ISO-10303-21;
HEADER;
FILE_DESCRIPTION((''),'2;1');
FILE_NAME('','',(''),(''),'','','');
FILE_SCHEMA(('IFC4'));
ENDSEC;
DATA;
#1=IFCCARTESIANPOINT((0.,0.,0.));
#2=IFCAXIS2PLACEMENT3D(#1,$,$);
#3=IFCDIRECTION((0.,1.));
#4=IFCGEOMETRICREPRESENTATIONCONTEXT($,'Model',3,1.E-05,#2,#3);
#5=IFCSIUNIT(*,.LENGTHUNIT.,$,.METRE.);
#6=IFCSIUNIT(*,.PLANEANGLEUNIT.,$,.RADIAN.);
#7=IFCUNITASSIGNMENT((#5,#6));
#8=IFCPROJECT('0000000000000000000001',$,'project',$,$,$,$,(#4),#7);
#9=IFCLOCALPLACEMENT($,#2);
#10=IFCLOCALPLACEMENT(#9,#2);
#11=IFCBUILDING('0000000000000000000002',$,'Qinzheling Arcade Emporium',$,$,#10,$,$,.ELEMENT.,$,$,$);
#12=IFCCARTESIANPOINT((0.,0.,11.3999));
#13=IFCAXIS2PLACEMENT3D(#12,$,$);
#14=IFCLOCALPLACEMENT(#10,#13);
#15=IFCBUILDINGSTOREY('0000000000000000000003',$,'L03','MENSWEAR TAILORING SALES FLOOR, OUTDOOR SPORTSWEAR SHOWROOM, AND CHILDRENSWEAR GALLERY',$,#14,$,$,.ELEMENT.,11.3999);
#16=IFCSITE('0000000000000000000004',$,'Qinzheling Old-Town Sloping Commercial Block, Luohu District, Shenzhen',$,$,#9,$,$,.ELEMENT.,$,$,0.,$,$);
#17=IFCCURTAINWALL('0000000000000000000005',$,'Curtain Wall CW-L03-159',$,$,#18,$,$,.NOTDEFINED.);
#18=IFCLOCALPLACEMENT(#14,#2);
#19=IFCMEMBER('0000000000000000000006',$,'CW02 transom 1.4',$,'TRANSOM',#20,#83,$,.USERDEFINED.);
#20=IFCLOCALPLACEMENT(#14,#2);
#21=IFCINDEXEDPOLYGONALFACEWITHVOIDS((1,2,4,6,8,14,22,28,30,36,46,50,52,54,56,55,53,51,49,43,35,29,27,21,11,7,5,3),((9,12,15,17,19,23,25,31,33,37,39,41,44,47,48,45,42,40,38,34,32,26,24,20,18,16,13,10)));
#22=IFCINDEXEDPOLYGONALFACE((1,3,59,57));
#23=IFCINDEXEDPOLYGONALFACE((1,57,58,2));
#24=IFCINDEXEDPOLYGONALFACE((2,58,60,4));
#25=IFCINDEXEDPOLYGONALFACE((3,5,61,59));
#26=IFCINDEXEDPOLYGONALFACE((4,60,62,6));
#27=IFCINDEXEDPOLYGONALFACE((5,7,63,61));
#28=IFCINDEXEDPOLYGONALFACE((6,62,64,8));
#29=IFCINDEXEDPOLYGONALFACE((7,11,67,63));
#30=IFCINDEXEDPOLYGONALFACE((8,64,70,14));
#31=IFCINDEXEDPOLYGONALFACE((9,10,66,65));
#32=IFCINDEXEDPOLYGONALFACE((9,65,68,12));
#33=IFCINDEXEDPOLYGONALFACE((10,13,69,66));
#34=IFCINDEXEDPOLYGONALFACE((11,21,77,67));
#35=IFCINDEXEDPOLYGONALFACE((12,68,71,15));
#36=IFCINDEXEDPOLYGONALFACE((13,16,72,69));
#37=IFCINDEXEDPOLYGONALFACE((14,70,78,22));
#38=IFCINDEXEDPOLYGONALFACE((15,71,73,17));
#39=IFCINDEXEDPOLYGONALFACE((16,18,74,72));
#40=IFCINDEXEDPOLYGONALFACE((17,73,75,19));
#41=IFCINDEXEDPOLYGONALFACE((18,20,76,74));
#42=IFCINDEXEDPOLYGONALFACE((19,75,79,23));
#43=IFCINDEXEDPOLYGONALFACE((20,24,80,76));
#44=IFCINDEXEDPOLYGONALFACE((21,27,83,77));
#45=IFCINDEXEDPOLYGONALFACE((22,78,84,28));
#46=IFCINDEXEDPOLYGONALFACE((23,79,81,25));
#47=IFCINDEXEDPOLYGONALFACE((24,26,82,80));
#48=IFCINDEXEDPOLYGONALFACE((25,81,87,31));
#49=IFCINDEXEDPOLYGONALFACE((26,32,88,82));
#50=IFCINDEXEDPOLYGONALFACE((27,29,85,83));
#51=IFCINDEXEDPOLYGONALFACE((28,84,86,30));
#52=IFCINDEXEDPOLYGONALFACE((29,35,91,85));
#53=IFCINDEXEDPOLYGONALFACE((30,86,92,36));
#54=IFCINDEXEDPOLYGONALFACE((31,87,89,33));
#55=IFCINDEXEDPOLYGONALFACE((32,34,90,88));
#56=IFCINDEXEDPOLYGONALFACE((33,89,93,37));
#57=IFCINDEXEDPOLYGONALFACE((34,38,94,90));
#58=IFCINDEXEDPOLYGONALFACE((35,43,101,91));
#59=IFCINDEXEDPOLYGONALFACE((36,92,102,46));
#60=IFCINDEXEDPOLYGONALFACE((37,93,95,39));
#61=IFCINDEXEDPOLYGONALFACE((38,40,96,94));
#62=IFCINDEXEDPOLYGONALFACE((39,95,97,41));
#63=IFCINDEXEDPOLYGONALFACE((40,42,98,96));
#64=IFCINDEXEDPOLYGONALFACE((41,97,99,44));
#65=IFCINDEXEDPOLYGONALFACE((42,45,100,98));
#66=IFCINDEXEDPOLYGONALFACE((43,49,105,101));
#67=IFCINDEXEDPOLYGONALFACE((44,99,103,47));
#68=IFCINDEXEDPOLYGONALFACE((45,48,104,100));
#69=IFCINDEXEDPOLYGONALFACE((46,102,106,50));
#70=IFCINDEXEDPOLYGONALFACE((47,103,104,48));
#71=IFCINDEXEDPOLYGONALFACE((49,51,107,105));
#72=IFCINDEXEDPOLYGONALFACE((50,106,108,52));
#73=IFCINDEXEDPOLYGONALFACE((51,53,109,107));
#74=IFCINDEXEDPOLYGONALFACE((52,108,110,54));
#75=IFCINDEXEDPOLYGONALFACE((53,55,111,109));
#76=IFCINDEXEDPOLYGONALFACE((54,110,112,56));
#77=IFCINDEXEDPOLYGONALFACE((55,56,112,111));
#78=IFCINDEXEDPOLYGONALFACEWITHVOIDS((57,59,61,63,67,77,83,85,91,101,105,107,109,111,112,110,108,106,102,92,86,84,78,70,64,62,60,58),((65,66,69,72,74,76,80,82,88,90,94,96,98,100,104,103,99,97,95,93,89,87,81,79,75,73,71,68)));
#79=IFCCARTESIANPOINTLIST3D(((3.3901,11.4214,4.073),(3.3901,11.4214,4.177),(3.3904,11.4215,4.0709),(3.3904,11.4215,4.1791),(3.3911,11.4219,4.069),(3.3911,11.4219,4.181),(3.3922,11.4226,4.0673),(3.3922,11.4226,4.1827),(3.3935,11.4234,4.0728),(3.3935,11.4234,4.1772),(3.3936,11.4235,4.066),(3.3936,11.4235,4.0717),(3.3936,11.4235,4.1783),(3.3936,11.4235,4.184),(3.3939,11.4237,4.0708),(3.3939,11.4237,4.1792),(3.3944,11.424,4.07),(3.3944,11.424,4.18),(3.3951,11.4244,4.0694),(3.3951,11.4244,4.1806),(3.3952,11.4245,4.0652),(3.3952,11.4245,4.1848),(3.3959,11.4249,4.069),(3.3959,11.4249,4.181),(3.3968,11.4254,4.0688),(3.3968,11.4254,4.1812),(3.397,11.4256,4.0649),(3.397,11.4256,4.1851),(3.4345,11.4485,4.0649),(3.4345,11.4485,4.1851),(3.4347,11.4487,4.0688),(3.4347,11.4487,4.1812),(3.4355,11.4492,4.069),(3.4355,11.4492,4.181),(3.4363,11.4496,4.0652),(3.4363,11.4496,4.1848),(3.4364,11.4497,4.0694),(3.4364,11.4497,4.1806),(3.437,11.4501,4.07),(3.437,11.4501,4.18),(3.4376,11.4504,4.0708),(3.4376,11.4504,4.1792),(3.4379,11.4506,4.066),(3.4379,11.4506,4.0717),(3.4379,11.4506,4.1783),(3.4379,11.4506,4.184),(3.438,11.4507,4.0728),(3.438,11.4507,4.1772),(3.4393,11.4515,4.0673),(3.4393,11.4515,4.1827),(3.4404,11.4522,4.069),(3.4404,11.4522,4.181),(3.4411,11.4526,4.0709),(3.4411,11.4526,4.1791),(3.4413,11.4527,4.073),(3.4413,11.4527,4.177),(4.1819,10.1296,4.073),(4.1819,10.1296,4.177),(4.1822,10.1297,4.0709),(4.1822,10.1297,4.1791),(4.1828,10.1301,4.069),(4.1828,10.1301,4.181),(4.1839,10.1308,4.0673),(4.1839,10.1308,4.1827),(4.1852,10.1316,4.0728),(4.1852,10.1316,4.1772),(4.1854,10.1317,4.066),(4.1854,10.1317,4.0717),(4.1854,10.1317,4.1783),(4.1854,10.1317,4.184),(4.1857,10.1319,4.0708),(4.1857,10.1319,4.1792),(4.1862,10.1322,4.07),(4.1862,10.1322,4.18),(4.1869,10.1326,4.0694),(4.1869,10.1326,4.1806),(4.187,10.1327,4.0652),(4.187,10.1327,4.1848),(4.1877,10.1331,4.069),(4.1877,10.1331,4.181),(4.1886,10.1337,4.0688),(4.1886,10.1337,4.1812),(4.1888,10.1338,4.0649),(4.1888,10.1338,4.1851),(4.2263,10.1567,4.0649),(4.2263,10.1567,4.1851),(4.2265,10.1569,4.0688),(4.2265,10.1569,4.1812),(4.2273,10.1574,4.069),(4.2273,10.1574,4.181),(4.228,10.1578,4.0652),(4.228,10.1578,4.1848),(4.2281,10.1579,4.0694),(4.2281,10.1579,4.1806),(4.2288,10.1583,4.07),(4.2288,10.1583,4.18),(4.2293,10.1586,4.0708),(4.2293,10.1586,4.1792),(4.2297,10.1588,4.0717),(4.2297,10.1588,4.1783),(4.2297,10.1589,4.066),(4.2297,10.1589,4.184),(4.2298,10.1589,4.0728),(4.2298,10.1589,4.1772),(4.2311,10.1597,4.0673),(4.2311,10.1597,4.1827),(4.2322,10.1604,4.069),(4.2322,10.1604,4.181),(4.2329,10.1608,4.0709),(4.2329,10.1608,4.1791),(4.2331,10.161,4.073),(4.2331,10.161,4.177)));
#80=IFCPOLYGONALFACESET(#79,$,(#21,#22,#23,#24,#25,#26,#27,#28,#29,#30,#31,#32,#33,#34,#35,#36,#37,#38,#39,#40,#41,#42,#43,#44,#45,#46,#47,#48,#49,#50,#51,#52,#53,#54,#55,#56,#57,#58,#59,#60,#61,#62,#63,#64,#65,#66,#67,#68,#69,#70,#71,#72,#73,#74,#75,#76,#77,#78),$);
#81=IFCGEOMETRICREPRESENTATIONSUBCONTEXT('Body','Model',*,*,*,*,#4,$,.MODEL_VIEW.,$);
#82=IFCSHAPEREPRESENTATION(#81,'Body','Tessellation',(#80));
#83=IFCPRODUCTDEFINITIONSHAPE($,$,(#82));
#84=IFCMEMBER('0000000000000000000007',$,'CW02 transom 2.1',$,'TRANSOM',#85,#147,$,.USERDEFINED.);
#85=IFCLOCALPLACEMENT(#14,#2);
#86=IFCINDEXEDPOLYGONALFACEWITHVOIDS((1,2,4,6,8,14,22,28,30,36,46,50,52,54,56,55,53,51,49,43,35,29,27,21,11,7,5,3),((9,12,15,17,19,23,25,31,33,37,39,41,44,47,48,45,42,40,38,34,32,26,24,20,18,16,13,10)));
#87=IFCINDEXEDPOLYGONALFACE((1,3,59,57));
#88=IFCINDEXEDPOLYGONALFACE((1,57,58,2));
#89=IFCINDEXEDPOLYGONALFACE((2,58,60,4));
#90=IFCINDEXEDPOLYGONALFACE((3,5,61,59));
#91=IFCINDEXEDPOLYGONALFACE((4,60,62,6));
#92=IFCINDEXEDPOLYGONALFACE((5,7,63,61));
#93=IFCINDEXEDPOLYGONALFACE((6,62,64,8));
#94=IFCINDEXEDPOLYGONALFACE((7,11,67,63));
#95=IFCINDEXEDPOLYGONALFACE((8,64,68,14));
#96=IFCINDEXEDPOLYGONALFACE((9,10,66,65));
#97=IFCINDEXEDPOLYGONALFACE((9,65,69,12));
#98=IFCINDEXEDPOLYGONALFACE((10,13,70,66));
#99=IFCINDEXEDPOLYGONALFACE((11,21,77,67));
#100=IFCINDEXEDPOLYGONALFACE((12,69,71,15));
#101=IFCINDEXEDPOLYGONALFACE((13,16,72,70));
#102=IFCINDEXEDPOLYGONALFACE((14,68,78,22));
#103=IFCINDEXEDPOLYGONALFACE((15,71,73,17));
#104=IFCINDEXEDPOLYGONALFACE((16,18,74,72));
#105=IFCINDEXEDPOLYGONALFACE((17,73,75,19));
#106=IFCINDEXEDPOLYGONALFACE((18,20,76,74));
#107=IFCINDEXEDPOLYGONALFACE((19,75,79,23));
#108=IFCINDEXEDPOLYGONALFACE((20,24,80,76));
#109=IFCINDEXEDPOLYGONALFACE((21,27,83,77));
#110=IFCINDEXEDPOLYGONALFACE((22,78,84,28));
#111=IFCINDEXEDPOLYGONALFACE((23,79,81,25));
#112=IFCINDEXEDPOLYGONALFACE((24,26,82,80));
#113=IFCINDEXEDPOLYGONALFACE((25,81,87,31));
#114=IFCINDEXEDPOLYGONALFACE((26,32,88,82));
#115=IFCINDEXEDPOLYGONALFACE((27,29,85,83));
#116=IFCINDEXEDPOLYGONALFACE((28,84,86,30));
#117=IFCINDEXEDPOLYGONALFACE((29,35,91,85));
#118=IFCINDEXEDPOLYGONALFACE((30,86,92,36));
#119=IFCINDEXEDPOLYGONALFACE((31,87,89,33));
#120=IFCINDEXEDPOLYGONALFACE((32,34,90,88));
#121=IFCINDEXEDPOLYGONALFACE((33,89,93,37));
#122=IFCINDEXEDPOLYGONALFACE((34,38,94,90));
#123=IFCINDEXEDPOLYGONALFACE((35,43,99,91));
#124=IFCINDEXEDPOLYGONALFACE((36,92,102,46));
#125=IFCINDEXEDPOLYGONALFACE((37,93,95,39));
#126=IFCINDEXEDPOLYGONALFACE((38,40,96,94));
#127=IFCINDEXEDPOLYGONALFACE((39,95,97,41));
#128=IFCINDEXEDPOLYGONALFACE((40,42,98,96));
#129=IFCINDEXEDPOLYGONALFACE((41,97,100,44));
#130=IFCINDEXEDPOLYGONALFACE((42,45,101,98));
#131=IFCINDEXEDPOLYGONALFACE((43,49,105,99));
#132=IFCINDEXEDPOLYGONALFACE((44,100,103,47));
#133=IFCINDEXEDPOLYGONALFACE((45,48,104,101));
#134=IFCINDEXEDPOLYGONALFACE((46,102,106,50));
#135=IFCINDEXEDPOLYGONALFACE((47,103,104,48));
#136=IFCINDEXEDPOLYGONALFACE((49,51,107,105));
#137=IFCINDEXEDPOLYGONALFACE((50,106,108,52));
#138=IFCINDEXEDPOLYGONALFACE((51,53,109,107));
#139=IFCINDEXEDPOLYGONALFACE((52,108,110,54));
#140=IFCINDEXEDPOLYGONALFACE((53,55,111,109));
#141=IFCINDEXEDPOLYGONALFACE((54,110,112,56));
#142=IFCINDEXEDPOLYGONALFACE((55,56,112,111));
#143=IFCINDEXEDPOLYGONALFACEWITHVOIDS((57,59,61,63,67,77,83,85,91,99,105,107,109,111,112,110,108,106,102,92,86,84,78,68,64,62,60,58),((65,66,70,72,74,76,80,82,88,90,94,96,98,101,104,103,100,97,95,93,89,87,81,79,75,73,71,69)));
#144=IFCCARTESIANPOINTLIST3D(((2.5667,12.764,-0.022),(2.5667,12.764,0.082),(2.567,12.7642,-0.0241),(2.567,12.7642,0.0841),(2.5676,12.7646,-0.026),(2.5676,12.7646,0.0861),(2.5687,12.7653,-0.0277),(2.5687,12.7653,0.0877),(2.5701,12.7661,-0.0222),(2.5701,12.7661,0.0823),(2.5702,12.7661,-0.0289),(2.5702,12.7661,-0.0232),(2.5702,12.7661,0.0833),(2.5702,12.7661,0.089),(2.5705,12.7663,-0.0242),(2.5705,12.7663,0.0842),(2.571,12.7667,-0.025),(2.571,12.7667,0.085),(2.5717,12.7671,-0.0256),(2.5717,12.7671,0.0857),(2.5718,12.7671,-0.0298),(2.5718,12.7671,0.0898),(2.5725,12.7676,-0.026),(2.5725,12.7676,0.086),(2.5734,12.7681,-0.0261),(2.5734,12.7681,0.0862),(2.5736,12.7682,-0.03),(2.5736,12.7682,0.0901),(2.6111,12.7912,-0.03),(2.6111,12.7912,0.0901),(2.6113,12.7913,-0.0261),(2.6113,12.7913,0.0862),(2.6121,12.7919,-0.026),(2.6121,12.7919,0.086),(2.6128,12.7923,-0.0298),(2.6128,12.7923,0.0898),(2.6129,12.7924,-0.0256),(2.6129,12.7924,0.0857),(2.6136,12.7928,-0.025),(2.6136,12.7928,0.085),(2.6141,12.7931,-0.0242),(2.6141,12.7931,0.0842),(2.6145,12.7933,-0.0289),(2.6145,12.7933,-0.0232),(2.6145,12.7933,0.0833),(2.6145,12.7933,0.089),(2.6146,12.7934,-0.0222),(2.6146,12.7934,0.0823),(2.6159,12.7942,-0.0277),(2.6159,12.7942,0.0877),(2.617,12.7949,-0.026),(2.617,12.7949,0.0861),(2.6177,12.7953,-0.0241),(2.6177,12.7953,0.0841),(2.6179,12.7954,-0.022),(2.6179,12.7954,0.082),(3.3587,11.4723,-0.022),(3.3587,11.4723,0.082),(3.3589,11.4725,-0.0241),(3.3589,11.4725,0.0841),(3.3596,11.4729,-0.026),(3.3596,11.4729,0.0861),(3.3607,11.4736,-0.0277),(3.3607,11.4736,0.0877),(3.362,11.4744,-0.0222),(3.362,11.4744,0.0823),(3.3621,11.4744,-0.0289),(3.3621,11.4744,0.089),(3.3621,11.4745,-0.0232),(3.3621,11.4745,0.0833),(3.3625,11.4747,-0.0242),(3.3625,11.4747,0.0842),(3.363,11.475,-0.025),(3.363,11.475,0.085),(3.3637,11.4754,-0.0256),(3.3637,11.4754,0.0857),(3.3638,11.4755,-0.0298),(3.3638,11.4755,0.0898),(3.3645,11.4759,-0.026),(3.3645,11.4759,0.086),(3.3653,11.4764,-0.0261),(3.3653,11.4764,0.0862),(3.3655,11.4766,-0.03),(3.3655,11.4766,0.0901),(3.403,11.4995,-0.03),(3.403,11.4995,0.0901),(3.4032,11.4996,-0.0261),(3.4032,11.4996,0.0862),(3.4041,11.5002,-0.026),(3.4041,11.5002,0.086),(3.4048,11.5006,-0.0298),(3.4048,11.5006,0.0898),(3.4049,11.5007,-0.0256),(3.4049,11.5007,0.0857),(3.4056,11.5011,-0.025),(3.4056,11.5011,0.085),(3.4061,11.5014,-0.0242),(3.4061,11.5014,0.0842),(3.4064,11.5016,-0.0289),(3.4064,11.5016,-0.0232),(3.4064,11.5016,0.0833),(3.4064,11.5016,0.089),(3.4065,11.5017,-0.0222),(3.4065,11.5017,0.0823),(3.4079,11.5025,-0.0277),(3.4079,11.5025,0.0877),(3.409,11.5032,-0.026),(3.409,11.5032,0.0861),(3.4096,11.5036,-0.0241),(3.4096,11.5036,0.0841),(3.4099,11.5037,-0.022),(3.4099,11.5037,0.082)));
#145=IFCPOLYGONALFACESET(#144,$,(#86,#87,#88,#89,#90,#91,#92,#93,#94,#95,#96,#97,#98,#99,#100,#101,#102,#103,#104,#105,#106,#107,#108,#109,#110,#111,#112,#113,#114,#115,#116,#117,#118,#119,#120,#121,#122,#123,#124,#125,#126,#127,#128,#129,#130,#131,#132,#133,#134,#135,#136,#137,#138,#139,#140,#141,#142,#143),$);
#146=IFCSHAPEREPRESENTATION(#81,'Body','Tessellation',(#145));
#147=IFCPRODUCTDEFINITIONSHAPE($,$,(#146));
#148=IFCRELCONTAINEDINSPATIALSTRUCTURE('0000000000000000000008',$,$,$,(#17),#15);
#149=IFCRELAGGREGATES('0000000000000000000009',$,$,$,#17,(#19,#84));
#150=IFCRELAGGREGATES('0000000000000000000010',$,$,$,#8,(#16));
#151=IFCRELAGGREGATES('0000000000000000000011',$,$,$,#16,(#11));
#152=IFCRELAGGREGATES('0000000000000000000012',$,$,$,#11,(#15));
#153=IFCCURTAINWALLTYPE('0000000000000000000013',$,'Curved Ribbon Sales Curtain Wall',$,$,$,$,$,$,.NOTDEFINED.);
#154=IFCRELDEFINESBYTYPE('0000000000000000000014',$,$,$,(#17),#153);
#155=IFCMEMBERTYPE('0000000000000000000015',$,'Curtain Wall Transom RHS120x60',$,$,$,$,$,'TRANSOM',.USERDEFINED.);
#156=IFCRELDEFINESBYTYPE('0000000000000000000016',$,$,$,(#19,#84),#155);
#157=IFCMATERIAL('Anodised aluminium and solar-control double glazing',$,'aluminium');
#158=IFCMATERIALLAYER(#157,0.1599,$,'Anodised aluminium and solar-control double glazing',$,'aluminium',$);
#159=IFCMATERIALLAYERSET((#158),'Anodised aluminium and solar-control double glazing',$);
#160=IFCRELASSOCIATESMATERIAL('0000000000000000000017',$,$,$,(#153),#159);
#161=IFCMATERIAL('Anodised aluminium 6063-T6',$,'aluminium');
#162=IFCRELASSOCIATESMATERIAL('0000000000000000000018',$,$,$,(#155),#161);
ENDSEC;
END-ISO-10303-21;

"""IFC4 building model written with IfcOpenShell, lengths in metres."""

from ifc_helpers import new_model, si_unit, direction, frame, origin, origin_2d, place, context, subcontext, project, spatial, hollow_rectangle, extrude, material, layer, layer_set, material_profile, profile_set, type_object, element, aggregate, save


model = new_model("IFC4")

# Units and contexts
model_context = context("Model", 3, precision=1e-05, world=origin(), true_north=direction((0.0, 1.0)))
body_context = subcontext(model_context, "Body", "Model", "MODEL_VIEW")
ifc_project = project(units=[si_unit("LENGTHUNIT", "METRE"), si_unit("PLANEANGLEUNIT", "RADIAN")], contexts=[model_context])

# Site, building, storey
site_placement = place(None, origin())
site = spatial("IfcSite", under=ifc_project, at=site_placement, Name="Qinzheling Old-Town Sloping Commercial Block, Luohu District, Shenzhen", CompositionType="ELEMENT", RefElevation=0.0)
building_placement = place(site_placement, origin())
building = spatial("IfcBuilding", under=site, at=building_placement, Name="Qinzheling Arcade Emporium", CompositionType="ELEMENT")
storey_placement = place(building_placement, frame((0.0, 0.0, 11.3999)))
storey = spatial("IfcBuildingStorey", under=building, at=storey_placement, Name="L03", Description="MENSWEAR TAILORING SALES FLOOR, OUTDOOR SPORTSWEAR SHOWROOM, AND CHILDRENSWEAR GALLERY", CompositionType="ELEMENT", Elevation=11.3999)

# Curtain wall
ifc_material_1 = material(Name="Anodised aluminium and solar-control double glazing", Category="aluminium")
ifc_layer_1 = layer(ifc_material_1, 0.1599, Name="Anodised aluminium and solar-control double glazing", Category="aluminium")
ifc_layer_set_1 = layer_set([ifc_layer_1], Name="Anodised aluminium and solar-control double glazing")
curtain_wall_type = type_object("IfcCurtainWallType", Name="Curved Ribbon Sales Curtain Wall", PredefinedType="NOTDEFINED", material=ifc_layer_set_1)
ifc_material_2 = material(Name="Anodised aluminium 6063-T6", Category="aluminium")
curtain_wall_1_placement = place(storey_placement, origin())
curtain_wall_1 = element("IfcCurtainWall", 1, at=curtain_wall_1_placement, inside=storey, type_object=curtain_wall_type, Name="Curtain Wall CW-L03-159", PredefinedType="NOTDEFINED")

# Members
ifc_material_profile_1 = material_profile(ifc_material_2, hollow_rectangle(XDim=0.0601, YDim=0.1201, WallThickness=0.0039, InnerFilletRadius=0.0039, OuterFilletRadius=0.0081, at=origin_2d()), Name="RHS 120x60x4", Category="aluminium")
ifc_profile_set_1 = profile_set([ifc_material_profile_1], Name="Anodised aluminium 6063-T6")
member_type_1 = type_object("IfcMemberType", Name="Curtain Wall Transom RHS120x60", ElementType="TRANSOM", PredefinedType="USERDEFINED", material=ifc_profile_set_1)
member_1_placement = place(storey_placement, frame((4.2075, 10.1453, 4.125), z_axis=(-0.522577, 0.852592, 0.0), x_axis=(-0.852592, -0.522577, 0.0)))
member_1 = element("IfcMember", 2, at=member_1_placement, type_object=member_type_1, Name="CW02 transom 1.4", ObjectType="TRANSOM", PredefinedType="USERDEFINED", context=body_context, shape_type="SweptSolid", body=[
    extrude(hollow_rectangle(XDim=0.0601, YDim=0.1201, WallThickness=0.0039, InnerFilletRadius=0.0039, OuterFilletRadius=0.0081, at=origin_2d()), origin(), (0.0, 0.0, 1.0), 1.5151),
])
member_2_placement = place(storey_placement, frame((3.3843, 11.488, 0.03), z_axis=(-0.522694, 0.85252, 0.0), x_axis=(-0.85252, -0.522694, 0.0)))
member_2 = element("IfcMember", 3, at=member_2_placement, type_object=member_type_1, Name="CW02 transom 2.1", ObjectType="TRANSOM", PredefinedType="USERDEFINED", context=body_context, shape_type="SweptSolid", body=[
    extrude(hollow_rectangle(XDim=0.0601, YDim=0.1201, WallThickness=0.0039, InnerFilletRadius=0.0039, OuterFilletRadius=0.0081, at=origin_2d()), origin(), (0.0, 0.0, 1.0), 1.5151),
])

aggregate(curtain_wall_1, [member_1, member_2])

save(model, "model.ifc")
